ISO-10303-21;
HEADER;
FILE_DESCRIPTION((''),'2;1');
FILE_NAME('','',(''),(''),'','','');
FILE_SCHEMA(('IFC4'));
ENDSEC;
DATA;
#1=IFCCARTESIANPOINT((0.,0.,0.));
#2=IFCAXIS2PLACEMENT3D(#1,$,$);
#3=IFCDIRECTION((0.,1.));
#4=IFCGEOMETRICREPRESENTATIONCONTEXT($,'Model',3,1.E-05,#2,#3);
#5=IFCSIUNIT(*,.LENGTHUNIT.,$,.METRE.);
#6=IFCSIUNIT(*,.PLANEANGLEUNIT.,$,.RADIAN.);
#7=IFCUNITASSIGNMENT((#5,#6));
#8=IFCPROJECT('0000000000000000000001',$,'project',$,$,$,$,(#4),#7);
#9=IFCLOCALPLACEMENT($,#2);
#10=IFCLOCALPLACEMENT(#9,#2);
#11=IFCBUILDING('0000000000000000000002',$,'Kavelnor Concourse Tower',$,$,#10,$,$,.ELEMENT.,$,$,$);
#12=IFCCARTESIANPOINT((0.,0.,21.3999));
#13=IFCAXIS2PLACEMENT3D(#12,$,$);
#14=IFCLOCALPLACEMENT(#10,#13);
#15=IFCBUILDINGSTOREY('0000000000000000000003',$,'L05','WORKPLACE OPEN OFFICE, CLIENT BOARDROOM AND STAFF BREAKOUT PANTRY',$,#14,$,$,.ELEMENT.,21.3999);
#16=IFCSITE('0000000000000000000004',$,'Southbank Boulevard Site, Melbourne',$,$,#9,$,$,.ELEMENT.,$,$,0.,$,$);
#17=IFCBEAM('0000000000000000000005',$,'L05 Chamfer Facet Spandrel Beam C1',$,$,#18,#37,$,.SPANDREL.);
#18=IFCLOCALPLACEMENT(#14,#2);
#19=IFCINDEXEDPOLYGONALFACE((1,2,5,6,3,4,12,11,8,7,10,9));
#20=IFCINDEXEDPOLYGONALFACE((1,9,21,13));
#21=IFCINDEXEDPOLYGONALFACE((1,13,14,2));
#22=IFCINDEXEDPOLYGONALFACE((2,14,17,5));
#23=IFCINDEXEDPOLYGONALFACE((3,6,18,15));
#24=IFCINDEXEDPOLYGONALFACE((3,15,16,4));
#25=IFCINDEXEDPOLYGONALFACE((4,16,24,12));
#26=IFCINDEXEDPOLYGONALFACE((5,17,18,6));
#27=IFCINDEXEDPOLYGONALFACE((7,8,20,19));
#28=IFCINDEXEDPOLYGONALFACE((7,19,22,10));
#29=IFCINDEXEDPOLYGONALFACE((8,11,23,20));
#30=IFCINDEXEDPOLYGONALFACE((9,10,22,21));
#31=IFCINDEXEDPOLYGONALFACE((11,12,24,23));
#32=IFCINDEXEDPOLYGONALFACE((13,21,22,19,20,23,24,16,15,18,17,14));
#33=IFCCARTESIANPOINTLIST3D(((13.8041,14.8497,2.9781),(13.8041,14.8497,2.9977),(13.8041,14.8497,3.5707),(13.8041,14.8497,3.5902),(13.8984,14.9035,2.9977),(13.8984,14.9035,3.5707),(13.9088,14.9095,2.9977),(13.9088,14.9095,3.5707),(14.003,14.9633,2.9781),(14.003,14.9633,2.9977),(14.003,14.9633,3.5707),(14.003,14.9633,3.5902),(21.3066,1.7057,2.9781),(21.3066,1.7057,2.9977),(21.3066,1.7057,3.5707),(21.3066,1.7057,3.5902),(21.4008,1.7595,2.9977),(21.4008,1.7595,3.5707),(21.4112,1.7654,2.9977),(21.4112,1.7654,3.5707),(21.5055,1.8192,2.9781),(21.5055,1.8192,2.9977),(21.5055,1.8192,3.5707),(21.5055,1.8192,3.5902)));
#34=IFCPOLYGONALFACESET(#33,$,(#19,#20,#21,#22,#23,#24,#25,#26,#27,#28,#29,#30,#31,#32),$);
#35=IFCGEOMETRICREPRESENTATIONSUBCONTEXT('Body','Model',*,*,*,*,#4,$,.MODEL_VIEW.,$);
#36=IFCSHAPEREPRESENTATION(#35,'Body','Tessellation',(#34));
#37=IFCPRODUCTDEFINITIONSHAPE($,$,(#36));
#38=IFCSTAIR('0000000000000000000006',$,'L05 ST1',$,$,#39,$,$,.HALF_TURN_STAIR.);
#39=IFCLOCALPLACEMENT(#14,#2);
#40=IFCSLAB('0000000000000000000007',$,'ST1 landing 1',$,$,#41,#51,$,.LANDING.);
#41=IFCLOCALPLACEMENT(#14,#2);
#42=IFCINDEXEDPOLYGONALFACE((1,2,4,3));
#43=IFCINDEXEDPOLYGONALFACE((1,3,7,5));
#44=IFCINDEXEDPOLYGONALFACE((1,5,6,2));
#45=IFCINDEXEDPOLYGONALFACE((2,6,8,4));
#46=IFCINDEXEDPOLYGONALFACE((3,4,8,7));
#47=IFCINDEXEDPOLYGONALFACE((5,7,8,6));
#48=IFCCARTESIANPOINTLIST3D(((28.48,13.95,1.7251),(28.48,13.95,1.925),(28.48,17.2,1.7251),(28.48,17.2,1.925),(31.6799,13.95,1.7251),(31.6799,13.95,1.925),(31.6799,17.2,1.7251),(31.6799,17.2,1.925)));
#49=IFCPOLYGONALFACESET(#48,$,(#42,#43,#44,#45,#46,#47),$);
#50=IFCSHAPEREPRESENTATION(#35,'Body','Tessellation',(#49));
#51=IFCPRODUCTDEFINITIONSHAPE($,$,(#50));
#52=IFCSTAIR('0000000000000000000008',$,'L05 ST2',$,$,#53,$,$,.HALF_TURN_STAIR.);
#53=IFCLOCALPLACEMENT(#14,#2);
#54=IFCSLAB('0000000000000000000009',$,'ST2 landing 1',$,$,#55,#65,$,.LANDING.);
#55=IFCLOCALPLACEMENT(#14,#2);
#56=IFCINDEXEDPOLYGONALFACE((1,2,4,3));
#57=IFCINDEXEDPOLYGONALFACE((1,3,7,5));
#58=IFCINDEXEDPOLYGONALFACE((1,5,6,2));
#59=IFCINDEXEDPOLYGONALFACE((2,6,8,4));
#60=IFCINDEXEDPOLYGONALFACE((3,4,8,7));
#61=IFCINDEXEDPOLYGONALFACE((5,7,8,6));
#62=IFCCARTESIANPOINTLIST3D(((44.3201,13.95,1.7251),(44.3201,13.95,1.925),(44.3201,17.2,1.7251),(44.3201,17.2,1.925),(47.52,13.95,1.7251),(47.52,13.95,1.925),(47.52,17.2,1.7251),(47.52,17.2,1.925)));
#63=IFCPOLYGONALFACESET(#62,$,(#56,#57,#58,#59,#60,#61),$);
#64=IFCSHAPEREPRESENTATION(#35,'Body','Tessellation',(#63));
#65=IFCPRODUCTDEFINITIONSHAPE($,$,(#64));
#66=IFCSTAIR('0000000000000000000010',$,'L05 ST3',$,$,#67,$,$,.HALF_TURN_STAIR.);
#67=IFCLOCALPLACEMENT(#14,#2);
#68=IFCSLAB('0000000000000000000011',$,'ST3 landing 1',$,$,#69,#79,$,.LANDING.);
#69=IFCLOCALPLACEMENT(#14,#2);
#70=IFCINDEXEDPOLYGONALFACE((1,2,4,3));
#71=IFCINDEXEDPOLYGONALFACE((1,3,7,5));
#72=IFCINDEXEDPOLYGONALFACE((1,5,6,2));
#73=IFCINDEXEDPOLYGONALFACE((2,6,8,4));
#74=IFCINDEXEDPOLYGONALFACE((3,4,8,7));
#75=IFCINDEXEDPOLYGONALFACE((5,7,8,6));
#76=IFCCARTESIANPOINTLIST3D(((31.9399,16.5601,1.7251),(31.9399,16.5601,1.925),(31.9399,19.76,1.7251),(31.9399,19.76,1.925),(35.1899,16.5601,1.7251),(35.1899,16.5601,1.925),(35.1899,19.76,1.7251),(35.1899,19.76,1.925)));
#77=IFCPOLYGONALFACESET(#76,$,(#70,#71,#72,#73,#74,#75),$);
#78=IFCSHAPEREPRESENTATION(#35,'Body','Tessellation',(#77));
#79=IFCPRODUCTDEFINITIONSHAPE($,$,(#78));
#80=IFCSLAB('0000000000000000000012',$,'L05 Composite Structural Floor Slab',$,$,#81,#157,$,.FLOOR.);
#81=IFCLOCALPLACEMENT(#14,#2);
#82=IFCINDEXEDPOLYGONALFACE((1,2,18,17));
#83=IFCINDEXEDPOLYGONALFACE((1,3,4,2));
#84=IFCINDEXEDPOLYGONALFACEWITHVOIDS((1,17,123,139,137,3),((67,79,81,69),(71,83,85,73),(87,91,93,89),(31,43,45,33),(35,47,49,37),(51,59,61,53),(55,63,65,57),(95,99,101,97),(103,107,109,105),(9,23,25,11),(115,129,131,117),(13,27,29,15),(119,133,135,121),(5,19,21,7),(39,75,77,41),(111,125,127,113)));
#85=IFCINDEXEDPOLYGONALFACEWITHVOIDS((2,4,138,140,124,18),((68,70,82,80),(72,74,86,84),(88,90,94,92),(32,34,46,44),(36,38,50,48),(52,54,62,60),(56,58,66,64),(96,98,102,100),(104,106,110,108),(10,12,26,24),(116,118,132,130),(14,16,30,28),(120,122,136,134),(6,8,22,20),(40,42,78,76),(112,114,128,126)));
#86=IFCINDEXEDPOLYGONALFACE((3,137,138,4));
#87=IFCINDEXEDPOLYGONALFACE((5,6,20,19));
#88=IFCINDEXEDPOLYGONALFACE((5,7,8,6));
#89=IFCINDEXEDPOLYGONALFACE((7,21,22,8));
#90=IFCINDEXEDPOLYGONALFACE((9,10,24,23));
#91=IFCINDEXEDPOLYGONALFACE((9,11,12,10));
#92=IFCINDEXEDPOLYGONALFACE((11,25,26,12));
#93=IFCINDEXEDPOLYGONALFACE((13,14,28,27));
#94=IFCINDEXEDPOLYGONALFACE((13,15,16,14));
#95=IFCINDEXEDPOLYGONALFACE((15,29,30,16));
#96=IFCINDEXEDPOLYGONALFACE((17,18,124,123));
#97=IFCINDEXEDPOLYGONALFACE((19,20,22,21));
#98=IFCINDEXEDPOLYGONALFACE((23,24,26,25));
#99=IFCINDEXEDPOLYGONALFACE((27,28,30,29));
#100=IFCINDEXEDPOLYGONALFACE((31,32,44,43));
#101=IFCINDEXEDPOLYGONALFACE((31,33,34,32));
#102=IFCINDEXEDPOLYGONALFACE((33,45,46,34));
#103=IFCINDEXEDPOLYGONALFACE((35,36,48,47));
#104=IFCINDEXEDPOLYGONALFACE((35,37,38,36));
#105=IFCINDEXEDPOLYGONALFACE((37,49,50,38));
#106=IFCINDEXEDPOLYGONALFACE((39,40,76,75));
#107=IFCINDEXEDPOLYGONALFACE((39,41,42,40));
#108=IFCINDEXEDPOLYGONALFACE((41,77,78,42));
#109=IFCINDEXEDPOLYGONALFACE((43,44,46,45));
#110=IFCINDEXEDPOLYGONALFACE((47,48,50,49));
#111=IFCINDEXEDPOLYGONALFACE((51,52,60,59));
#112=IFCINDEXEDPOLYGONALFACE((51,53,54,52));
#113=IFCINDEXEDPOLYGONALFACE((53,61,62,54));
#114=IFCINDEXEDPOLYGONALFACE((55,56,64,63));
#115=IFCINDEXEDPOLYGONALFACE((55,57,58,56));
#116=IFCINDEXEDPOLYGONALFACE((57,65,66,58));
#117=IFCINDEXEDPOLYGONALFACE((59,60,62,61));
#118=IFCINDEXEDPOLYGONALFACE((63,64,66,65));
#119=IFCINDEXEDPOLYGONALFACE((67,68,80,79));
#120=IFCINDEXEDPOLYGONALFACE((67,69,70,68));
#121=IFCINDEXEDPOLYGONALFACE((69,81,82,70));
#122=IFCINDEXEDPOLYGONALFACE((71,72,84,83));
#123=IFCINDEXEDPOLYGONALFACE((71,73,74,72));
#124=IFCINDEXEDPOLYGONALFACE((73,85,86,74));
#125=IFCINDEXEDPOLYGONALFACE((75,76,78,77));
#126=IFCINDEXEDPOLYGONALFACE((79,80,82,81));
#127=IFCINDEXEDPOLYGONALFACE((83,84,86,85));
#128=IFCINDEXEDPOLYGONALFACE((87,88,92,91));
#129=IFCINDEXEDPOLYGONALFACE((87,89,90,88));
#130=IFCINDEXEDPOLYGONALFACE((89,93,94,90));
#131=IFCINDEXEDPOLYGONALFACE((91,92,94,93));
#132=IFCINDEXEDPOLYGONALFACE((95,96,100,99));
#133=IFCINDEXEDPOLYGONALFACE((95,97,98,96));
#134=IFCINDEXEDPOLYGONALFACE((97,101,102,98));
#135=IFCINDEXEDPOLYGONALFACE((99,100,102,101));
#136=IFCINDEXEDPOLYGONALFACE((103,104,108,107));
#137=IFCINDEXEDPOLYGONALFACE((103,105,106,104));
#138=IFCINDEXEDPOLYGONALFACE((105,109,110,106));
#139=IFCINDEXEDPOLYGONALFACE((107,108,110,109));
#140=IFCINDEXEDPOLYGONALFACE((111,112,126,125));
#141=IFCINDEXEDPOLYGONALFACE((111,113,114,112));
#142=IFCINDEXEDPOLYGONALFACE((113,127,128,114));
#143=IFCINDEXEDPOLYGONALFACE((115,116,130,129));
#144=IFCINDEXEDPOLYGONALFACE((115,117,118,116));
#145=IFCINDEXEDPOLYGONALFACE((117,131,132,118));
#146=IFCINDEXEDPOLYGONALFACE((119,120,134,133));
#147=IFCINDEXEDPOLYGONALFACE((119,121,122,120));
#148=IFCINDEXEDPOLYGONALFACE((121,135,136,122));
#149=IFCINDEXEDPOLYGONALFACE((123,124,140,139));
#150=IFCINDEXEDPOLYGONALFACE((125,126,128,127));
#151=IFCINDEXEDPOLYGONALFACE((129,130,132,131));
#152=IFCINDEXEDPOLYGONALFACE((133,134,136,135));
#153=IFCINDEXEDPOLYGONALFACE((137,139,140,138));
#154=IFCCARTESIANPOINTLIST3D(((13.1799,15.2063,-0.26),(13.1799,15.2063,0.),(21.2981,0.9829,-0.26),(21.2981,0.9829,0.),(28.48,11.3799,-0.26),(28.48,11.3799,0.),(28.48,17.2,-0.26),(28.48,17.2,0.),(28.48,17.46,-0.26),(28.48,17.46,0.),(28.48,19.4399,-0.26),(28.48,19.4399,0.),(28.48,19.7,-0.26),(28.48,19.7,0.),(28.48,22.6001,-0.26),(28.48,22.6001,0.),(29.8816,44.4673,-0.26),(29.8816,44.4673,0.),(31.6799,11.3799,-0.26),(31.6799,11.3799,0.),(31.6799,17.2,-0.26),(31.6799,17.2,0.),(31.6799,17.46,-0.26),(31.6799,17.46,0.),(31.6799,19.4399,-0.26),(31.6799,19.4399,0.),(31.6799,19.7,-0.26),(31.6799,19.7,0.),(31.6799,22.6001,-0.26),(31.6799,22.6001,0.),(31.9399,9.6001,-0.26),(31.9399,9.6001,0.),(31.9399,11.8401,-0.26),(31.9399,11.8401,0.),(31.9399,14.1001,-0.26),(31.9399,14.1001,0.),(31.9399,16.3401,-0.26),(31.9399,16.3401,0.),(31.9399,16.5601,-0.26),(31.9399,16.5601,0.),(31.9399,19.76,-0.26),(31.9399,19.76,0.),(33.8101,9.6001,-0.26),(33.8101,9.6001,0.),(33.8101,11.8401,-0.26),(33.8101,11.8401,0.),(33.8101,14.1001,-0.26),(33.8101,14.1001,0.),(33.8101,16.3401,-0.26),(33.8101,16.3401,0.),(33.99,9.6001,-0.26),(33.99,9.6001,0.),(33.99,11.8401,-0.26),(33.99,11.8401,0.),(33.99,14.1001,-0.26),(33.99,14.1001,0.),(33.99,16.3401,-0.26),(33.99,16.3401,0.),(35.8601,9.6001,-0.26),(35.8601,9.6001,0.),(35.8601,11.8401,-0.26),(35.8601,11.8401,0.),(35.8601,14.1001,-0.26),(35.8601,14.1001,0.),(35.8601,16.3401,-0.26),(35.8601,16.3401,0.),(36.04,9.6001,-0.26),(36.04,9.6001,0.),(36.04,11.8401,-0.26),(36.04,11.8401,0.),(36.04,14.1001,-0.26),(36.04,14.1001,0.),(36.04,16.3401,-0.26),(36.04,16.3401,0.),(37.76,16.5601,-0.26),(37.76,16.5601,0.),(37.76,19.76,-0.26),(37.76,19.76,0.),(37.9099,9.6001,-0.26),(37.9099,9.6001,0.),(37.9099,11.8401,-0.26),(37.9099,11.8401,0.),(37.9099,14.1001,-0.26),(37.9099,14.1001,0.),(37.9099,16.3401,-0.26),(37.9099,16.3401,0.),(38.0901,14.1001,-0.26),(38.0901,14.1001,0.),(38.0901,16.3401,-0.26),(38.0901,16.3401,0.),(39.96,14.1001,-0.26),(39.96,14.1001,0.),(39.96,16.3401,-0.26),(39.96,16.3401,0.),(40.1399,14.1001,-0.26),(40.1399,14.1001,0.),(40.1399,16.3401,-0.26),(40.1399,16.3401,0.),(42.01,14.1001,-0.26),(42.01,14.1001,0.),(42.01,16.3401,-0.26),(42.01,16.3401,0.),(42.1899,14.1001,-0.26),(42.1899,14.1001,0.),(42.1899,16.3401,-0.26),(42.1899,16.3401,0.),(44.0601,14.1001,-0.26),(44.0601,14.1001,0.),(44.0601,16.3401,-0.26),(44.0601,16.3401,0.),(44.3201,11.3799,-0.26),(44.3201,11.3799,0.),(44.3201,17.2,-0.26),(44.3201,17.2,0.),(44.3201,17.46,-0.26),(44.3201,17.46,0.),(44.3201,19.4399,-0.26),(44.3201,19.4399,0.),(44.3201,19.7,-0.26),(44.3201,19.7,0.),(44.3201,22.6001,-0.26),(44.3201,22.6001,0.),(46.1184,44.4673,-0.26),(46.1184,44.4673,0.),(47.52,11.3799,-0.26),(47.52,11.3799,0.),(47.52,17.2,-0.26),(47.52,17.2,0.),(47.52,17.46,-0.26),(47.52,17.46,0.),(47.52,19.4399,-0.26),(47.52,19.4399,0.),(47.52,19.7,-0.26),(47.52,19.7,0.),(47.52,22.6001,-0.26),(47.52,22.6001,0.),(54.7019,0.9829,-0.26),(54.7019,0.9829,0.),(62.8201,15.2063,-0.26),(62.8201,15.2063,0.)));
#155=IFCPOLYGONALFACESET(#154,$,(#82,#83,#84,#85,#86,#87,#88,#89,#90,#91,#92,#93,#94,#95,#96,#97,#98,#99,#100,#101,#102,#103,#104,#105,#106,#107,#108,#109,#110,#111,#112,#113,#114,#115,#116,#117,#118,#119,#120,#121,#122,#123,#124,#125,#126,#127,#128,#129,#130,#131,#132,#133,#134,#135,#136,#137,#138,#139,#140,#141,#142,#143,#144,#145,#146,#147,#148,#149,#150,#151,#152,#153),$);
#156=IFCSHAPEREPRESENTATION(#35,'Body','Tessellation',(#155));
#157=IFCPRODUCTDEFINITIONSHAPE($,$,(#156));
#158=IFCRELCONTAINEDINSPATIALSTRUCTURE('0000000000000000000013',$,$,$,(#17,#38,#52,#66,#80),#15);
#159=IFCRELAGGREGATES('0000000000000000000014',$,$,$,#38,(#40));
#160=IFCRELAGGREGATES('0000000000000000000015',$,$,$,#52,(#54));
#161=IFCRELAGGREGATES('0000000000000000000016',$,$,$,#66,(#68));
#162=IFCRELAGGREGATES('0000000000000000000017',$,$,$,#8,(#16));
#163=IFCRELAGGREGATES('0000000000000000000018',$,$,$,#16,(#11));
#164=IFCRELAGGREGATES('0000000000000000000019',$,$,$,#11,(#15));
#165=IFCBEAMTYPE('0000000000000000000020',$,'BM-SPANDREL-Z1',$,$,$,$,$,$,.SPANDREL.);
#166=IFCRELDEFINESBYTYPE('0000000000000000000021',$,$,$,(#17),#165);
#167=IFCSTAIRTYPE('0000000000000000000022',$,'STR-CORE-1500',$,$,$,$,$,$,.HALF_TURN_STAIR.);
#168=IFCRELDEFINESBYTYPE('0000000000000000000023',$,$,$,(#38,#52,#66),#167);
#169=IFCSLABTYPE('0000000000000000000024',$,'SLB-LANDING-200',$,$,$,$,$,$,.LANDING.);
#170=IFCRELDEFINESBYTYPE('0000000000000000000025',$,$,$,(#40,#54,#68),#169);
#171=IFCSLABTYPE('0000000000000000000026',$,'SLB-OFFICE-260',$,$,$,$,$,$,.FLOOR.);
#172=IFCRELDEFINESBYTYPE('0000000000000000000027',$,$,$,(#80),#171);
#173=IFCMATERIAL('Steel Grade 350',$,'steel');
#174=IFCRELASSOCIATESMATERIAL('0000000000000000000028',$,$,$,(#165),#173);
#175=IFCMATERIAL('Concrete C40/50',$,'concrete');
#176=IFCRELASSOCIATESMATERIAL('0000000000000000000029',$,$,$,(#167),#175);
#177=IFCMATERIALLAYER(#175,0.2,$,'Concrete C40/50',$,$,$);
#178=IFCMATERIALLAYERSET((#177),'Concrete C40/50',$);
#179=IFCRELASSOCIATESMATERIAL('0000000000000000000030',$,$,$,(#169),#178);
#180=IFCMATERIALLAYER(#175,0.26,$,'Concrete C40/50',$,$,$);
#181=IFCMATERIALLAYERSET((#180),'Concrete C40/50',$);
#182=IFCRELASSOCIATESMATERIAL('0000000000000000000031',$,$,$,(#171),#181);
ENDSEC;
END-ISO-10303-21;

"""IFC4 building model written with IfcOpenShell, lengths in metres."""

from ifc_helpers import new_model, si_unit, direction, frame, origin, origin_2d, place, context, subcontext, project, spatial, polyline, i_section, outline, extrude, material, layer, layer_set, material_profile, profile_set, type_object, element, aggregate, save


model = new_model("IFC4")

# Units and contexts
model_context = context("Model", 3, precision=1e-05, world=origin(), true_north=direction((0.0, 1.0)))
body_context = subcontext(model_context, "Body", "Model", "MODEL_VIEW")
ifc_project = project(units=[si_unit("LENGTHUNIT", "METRE"), si_unit("PLANEANGLEUNIT", "RADIAN")], contexts=[model_context])

# Site, building, storey
site_placement = place(None, origin())
site = spatial("IfcSite", under=ifc_project, at=site_placement, Name="Southbank Boulevard Site, Melbourne", CompositionType="ELEMENT", RefElevation=0.0)
building_placement = place(site_placement, origin())
building = spatial("IfcBuilding", under=site, at=building_placement, Name="Kavelnor Concourse Tower", CompositionType="ELEMENT")
storey_placement = place(building_placement, frame((0.0, 0.0, 21.3999)))
storey = spatial("IfcBuildingStorey", under=building, at=storey_placement, Name="L05", Description="WORKPLACE OPEN OFFICE, CLIENT BOARDROOM AND STAFF BREAKOUT PANTRY", CompositionType="ELEMENT", Elevation=21.3999)

# Beam
ifc_material_1 = material(Name="Steel Grade 350", Category="steel")
ifc_material_profile = material_profile(ifc_material_1, i_section(OverallWidth=0.229, OverallDepth=0.6121, WebThickness=0.012, FlangeThickness=0.0195, at=origin_2d()), Name="610UB125")
ifc_profile_set = profile_set([ifc_material_profile], Name="Steel Grade 350")
beam_type = type_object("IfcBeamType", Name="BM-SPANDREL-Z1", PredefinedType="SPANDREL", material=ifc_profile_set)
beam_placement = place(storey_placement, frame((13.9036, 14.9065, 3.2842), z_axis=(0.495718, -0.868483, 0.0), x_axis=(0.868483, 0.495718, 0.0)))
element("IfcBeam", 1, at=beam_placement, inside=storey, type_object=beam_type, Name="L05 Chamfer Facet Spandrel Beam C1", PredefinedType="SPANDREL", context=body_context, shape_type="SweptSolid", body=[
    extrude(i_section(OverallWidth=0.229, OverallDepth=0.6121, WebThickness=0.012, FlangeThickness=0.0195, at=origin_2d()), origin(), (0.0, 0.0, 1.0), 15.1345),
])

# Stairs, slabs
ifc_material_2 = material(Name="Concrete C40/50", Category="concrete")
stair_type = type_object("IfcStairType", Name="STR-CORE-1500", PredefinedType="HALF_TURN_STAIR", material=ifc_material_2)
stair_1_placement = place(storey_placement, origin())
stair_1 = element("IfcStair", 2, at=stair_1_placement, inside=storey, type_object=stair_type, Name="L05 ST1", PredefinedType="HALF_TURN_STAIR")
ifc_layer_1 = layer(ifc_material_2, 0.2, Name="Concrete C40/50")
ifc_layer_set_1 = layer_set([ifc_layer_1], Name="Concrete C40/50")
slab_type_1 = type_object("IfcSlabType", Name="SLB-LANDING-200", PredefinedType="LANDING", material=ifc_layer_set_1)
slab_1_placement = place(storey_placement, frame((0.0, 0.0, 1.7251)))
slab_1 = element("IfcSlab", 3, at=slab_1_placement, type_object=slab_type_1, Name="ST1 landing 1", PredefinedType="LANDING", context=body_context, shape_type="SweptSolid", body=[
    extrude(outline(polyline([(31.6799, 13.95), (31.6799, 17.2), (28.48, 17.2), (28.48, 13.95), (31.6799, 13.95)])), origin(), (0.0, 0.0, 1.0), 0.2),
])
aggregate(stair_1, [slab_1])
stair_2_placement = place(storey_placement, origin())
stair_2 = element("IfcStair", 4, at=stair_2_placement, inside=storey, type_object=stair_type, Name="L05 ST2", PredefinedType="HALF_TURN_STAIR")
slab_2_placement = place(storey_placement, frame((0.0, 0.0, 1.7251)))
slab_2 = element("IfcSlab", 5, at=slab_2_placement, type_object=slab_type_1, Name="ST2 landing 1", PredefinedType="LANDING", context=body_context, shape_type="SweptSolid", body=[
    extrude(outline(polyline([(47.52, 13.95), (47.52, 17.2), (44.3201, 17.2), (44.3201, 13.95), (47.52, 13.95)])), origin(), (0.0, 0.0, 1.0), 0.2),
])
aggregate(stair_2, [slab_2])
stair_3_placement = place(storey_placement, origin())
stair_3 = element("IfcStair", 6, at=stair_3_placement, inside=storey, type_object=stair_type, Name="L05 ST3", PredefinedType="HALF_TURN_STAIR")
slab_3_placement = place(storey_placement, frame((0.0, 0.0, 1.7251)))
slab_3 = element("IfcSlab", 7, at=slab_3_placement, type_object=slab_type_1, Name="ST3 landing 1", PredefinedType="LANDING", context=body_context, shape_type="SweptSolid", body=[
    extrude(outline(polyline([(35.1899, 19.76), (31.9399, 19.76), (31.9399, 16.5601), (35.1899, 16.5601), (35.1899, 19.76)])), origin(), (0.0, 0.0, 1.0), 0.2),
])
aggregate(stair_3, [slab_3])

# Slab
ifc_layer_2 = layer(ifc_material_2, 0.26, Name="Concrete C40/50")
ifc_layer_set_2 = layer_set([ifc_layer_2], Name="Concrete C40/50")
slab_type_2 = type_object("IfcSlabType", Name="SLB-OFFICE-260", PredefinedType="FLOOR", material=ifc_layer_set_2)
slab_4_placement = place(storey_placement, frame((0.0, 0.0, -0.26)))
element("IfcSlab", 8, at=slab_4_placement, inside=storey, type_object=slab_type_2, Name="L05 Composite Structural Floor Slab", PredefinedType="FLOOR", context=body_context, shape_type="SweptSolid", body=[
    extrude(outline(polyline([(46.1184, 44.4673), (29.8816, 44.4673), (13.1799, 15.2063), (21.2981, 0.9829), (54.7019, 0.9829), (62.8201, 15.2063), (46.1184, 44.4673)]), holes=[polyline([(28.48, 11.3799), (31.6799, 11.3799), (31.6799, 17.2), (28.48, 17.2), (28.48, 11.3799)]), polyline([(44.3201, 11.3799), (47.52, 11.3799), (47.52, 17.2), (44.3201, 17.2), (44.3201, 11.3799)]), polyline([(31.9399, 16.5601), (37.76, 16.5601), (37.76, 19.76), (31.9399, 19.76), (31.9399, 16.5601)]), polyline([(28.48, 19.7), (31.6799, 19.7), (31.6799, 22.6001), (28.48, 22.6001), (28.48, 19.7)]), polyline([(44.3201, 19.7), (47.52, 19.7), (47.52, 22.6001), (44.3201, 22.6001), (44.3201, 19.7)]), polyline([(31.9399, 14.1001), (33.8101, 14.1001), (33.8101, 16.3401), (31.9399, 16.3401), (31.9399, 14.1001)]), polyline([(33.99, 14.1001), (35.8601, 14.1001), (35.8601, 16.3401), (33.99, 16.3401), (33.99, 14.1001)]), polyline([(36.04, 14.1001), (37.9099, 14.1001), (37.9099, 16.3401), (36.04, 16.3401), (36.04, 14.1001)]), polyline([(38.0901, 14.1001), (39.96, 14.1001), (39.96, 16.3401), (38.0901, 16.3401), (38.0901, 14.1001)]), polyline([(40.1399, 14.1001), (42.01, 14.1001), (42.01, 16.3401), (40.1399, 16.3401), (40.1399, 14.1001)]), polyline([(42.1899, 14.1001), (44.0601, 14.1001), (44.0601, 16.3401), (42.1899, 16.3401), (42.1899, 14.1001)]), polyline([(31.9399, 9.6001), (33.8101, 9.6001), (33.8101, 11.8401), (31.9399, 11.8401), (31.9399, 9.6001)]), polyline([(33.99, 9.6001), (35.8601, 9.6001), (35.8601, 11.8401), (33.99, 11.8401), (33.99, 9.6001)]), polyline([(36.04, 9.6001), (37.9099, 9.6001), (37.9099, 11.8401), (36.04, 11.8401), (36.04, 9.6001)]), polyline([(28.48, 17.46), (31.6799, 17.46), (31.6799, 19.4399), (28.48, 19.4399), (28.48, 17.46)]), polyline([(44.3201, 17.46), (47.52, 17.46), (47.52, 19.4399), (44.3201, 19.4399), (44.3201, 17.46)])]), origin(), (0.0, 0.0, 1.0), 0.26),
])

save(model, "model.ifc")
